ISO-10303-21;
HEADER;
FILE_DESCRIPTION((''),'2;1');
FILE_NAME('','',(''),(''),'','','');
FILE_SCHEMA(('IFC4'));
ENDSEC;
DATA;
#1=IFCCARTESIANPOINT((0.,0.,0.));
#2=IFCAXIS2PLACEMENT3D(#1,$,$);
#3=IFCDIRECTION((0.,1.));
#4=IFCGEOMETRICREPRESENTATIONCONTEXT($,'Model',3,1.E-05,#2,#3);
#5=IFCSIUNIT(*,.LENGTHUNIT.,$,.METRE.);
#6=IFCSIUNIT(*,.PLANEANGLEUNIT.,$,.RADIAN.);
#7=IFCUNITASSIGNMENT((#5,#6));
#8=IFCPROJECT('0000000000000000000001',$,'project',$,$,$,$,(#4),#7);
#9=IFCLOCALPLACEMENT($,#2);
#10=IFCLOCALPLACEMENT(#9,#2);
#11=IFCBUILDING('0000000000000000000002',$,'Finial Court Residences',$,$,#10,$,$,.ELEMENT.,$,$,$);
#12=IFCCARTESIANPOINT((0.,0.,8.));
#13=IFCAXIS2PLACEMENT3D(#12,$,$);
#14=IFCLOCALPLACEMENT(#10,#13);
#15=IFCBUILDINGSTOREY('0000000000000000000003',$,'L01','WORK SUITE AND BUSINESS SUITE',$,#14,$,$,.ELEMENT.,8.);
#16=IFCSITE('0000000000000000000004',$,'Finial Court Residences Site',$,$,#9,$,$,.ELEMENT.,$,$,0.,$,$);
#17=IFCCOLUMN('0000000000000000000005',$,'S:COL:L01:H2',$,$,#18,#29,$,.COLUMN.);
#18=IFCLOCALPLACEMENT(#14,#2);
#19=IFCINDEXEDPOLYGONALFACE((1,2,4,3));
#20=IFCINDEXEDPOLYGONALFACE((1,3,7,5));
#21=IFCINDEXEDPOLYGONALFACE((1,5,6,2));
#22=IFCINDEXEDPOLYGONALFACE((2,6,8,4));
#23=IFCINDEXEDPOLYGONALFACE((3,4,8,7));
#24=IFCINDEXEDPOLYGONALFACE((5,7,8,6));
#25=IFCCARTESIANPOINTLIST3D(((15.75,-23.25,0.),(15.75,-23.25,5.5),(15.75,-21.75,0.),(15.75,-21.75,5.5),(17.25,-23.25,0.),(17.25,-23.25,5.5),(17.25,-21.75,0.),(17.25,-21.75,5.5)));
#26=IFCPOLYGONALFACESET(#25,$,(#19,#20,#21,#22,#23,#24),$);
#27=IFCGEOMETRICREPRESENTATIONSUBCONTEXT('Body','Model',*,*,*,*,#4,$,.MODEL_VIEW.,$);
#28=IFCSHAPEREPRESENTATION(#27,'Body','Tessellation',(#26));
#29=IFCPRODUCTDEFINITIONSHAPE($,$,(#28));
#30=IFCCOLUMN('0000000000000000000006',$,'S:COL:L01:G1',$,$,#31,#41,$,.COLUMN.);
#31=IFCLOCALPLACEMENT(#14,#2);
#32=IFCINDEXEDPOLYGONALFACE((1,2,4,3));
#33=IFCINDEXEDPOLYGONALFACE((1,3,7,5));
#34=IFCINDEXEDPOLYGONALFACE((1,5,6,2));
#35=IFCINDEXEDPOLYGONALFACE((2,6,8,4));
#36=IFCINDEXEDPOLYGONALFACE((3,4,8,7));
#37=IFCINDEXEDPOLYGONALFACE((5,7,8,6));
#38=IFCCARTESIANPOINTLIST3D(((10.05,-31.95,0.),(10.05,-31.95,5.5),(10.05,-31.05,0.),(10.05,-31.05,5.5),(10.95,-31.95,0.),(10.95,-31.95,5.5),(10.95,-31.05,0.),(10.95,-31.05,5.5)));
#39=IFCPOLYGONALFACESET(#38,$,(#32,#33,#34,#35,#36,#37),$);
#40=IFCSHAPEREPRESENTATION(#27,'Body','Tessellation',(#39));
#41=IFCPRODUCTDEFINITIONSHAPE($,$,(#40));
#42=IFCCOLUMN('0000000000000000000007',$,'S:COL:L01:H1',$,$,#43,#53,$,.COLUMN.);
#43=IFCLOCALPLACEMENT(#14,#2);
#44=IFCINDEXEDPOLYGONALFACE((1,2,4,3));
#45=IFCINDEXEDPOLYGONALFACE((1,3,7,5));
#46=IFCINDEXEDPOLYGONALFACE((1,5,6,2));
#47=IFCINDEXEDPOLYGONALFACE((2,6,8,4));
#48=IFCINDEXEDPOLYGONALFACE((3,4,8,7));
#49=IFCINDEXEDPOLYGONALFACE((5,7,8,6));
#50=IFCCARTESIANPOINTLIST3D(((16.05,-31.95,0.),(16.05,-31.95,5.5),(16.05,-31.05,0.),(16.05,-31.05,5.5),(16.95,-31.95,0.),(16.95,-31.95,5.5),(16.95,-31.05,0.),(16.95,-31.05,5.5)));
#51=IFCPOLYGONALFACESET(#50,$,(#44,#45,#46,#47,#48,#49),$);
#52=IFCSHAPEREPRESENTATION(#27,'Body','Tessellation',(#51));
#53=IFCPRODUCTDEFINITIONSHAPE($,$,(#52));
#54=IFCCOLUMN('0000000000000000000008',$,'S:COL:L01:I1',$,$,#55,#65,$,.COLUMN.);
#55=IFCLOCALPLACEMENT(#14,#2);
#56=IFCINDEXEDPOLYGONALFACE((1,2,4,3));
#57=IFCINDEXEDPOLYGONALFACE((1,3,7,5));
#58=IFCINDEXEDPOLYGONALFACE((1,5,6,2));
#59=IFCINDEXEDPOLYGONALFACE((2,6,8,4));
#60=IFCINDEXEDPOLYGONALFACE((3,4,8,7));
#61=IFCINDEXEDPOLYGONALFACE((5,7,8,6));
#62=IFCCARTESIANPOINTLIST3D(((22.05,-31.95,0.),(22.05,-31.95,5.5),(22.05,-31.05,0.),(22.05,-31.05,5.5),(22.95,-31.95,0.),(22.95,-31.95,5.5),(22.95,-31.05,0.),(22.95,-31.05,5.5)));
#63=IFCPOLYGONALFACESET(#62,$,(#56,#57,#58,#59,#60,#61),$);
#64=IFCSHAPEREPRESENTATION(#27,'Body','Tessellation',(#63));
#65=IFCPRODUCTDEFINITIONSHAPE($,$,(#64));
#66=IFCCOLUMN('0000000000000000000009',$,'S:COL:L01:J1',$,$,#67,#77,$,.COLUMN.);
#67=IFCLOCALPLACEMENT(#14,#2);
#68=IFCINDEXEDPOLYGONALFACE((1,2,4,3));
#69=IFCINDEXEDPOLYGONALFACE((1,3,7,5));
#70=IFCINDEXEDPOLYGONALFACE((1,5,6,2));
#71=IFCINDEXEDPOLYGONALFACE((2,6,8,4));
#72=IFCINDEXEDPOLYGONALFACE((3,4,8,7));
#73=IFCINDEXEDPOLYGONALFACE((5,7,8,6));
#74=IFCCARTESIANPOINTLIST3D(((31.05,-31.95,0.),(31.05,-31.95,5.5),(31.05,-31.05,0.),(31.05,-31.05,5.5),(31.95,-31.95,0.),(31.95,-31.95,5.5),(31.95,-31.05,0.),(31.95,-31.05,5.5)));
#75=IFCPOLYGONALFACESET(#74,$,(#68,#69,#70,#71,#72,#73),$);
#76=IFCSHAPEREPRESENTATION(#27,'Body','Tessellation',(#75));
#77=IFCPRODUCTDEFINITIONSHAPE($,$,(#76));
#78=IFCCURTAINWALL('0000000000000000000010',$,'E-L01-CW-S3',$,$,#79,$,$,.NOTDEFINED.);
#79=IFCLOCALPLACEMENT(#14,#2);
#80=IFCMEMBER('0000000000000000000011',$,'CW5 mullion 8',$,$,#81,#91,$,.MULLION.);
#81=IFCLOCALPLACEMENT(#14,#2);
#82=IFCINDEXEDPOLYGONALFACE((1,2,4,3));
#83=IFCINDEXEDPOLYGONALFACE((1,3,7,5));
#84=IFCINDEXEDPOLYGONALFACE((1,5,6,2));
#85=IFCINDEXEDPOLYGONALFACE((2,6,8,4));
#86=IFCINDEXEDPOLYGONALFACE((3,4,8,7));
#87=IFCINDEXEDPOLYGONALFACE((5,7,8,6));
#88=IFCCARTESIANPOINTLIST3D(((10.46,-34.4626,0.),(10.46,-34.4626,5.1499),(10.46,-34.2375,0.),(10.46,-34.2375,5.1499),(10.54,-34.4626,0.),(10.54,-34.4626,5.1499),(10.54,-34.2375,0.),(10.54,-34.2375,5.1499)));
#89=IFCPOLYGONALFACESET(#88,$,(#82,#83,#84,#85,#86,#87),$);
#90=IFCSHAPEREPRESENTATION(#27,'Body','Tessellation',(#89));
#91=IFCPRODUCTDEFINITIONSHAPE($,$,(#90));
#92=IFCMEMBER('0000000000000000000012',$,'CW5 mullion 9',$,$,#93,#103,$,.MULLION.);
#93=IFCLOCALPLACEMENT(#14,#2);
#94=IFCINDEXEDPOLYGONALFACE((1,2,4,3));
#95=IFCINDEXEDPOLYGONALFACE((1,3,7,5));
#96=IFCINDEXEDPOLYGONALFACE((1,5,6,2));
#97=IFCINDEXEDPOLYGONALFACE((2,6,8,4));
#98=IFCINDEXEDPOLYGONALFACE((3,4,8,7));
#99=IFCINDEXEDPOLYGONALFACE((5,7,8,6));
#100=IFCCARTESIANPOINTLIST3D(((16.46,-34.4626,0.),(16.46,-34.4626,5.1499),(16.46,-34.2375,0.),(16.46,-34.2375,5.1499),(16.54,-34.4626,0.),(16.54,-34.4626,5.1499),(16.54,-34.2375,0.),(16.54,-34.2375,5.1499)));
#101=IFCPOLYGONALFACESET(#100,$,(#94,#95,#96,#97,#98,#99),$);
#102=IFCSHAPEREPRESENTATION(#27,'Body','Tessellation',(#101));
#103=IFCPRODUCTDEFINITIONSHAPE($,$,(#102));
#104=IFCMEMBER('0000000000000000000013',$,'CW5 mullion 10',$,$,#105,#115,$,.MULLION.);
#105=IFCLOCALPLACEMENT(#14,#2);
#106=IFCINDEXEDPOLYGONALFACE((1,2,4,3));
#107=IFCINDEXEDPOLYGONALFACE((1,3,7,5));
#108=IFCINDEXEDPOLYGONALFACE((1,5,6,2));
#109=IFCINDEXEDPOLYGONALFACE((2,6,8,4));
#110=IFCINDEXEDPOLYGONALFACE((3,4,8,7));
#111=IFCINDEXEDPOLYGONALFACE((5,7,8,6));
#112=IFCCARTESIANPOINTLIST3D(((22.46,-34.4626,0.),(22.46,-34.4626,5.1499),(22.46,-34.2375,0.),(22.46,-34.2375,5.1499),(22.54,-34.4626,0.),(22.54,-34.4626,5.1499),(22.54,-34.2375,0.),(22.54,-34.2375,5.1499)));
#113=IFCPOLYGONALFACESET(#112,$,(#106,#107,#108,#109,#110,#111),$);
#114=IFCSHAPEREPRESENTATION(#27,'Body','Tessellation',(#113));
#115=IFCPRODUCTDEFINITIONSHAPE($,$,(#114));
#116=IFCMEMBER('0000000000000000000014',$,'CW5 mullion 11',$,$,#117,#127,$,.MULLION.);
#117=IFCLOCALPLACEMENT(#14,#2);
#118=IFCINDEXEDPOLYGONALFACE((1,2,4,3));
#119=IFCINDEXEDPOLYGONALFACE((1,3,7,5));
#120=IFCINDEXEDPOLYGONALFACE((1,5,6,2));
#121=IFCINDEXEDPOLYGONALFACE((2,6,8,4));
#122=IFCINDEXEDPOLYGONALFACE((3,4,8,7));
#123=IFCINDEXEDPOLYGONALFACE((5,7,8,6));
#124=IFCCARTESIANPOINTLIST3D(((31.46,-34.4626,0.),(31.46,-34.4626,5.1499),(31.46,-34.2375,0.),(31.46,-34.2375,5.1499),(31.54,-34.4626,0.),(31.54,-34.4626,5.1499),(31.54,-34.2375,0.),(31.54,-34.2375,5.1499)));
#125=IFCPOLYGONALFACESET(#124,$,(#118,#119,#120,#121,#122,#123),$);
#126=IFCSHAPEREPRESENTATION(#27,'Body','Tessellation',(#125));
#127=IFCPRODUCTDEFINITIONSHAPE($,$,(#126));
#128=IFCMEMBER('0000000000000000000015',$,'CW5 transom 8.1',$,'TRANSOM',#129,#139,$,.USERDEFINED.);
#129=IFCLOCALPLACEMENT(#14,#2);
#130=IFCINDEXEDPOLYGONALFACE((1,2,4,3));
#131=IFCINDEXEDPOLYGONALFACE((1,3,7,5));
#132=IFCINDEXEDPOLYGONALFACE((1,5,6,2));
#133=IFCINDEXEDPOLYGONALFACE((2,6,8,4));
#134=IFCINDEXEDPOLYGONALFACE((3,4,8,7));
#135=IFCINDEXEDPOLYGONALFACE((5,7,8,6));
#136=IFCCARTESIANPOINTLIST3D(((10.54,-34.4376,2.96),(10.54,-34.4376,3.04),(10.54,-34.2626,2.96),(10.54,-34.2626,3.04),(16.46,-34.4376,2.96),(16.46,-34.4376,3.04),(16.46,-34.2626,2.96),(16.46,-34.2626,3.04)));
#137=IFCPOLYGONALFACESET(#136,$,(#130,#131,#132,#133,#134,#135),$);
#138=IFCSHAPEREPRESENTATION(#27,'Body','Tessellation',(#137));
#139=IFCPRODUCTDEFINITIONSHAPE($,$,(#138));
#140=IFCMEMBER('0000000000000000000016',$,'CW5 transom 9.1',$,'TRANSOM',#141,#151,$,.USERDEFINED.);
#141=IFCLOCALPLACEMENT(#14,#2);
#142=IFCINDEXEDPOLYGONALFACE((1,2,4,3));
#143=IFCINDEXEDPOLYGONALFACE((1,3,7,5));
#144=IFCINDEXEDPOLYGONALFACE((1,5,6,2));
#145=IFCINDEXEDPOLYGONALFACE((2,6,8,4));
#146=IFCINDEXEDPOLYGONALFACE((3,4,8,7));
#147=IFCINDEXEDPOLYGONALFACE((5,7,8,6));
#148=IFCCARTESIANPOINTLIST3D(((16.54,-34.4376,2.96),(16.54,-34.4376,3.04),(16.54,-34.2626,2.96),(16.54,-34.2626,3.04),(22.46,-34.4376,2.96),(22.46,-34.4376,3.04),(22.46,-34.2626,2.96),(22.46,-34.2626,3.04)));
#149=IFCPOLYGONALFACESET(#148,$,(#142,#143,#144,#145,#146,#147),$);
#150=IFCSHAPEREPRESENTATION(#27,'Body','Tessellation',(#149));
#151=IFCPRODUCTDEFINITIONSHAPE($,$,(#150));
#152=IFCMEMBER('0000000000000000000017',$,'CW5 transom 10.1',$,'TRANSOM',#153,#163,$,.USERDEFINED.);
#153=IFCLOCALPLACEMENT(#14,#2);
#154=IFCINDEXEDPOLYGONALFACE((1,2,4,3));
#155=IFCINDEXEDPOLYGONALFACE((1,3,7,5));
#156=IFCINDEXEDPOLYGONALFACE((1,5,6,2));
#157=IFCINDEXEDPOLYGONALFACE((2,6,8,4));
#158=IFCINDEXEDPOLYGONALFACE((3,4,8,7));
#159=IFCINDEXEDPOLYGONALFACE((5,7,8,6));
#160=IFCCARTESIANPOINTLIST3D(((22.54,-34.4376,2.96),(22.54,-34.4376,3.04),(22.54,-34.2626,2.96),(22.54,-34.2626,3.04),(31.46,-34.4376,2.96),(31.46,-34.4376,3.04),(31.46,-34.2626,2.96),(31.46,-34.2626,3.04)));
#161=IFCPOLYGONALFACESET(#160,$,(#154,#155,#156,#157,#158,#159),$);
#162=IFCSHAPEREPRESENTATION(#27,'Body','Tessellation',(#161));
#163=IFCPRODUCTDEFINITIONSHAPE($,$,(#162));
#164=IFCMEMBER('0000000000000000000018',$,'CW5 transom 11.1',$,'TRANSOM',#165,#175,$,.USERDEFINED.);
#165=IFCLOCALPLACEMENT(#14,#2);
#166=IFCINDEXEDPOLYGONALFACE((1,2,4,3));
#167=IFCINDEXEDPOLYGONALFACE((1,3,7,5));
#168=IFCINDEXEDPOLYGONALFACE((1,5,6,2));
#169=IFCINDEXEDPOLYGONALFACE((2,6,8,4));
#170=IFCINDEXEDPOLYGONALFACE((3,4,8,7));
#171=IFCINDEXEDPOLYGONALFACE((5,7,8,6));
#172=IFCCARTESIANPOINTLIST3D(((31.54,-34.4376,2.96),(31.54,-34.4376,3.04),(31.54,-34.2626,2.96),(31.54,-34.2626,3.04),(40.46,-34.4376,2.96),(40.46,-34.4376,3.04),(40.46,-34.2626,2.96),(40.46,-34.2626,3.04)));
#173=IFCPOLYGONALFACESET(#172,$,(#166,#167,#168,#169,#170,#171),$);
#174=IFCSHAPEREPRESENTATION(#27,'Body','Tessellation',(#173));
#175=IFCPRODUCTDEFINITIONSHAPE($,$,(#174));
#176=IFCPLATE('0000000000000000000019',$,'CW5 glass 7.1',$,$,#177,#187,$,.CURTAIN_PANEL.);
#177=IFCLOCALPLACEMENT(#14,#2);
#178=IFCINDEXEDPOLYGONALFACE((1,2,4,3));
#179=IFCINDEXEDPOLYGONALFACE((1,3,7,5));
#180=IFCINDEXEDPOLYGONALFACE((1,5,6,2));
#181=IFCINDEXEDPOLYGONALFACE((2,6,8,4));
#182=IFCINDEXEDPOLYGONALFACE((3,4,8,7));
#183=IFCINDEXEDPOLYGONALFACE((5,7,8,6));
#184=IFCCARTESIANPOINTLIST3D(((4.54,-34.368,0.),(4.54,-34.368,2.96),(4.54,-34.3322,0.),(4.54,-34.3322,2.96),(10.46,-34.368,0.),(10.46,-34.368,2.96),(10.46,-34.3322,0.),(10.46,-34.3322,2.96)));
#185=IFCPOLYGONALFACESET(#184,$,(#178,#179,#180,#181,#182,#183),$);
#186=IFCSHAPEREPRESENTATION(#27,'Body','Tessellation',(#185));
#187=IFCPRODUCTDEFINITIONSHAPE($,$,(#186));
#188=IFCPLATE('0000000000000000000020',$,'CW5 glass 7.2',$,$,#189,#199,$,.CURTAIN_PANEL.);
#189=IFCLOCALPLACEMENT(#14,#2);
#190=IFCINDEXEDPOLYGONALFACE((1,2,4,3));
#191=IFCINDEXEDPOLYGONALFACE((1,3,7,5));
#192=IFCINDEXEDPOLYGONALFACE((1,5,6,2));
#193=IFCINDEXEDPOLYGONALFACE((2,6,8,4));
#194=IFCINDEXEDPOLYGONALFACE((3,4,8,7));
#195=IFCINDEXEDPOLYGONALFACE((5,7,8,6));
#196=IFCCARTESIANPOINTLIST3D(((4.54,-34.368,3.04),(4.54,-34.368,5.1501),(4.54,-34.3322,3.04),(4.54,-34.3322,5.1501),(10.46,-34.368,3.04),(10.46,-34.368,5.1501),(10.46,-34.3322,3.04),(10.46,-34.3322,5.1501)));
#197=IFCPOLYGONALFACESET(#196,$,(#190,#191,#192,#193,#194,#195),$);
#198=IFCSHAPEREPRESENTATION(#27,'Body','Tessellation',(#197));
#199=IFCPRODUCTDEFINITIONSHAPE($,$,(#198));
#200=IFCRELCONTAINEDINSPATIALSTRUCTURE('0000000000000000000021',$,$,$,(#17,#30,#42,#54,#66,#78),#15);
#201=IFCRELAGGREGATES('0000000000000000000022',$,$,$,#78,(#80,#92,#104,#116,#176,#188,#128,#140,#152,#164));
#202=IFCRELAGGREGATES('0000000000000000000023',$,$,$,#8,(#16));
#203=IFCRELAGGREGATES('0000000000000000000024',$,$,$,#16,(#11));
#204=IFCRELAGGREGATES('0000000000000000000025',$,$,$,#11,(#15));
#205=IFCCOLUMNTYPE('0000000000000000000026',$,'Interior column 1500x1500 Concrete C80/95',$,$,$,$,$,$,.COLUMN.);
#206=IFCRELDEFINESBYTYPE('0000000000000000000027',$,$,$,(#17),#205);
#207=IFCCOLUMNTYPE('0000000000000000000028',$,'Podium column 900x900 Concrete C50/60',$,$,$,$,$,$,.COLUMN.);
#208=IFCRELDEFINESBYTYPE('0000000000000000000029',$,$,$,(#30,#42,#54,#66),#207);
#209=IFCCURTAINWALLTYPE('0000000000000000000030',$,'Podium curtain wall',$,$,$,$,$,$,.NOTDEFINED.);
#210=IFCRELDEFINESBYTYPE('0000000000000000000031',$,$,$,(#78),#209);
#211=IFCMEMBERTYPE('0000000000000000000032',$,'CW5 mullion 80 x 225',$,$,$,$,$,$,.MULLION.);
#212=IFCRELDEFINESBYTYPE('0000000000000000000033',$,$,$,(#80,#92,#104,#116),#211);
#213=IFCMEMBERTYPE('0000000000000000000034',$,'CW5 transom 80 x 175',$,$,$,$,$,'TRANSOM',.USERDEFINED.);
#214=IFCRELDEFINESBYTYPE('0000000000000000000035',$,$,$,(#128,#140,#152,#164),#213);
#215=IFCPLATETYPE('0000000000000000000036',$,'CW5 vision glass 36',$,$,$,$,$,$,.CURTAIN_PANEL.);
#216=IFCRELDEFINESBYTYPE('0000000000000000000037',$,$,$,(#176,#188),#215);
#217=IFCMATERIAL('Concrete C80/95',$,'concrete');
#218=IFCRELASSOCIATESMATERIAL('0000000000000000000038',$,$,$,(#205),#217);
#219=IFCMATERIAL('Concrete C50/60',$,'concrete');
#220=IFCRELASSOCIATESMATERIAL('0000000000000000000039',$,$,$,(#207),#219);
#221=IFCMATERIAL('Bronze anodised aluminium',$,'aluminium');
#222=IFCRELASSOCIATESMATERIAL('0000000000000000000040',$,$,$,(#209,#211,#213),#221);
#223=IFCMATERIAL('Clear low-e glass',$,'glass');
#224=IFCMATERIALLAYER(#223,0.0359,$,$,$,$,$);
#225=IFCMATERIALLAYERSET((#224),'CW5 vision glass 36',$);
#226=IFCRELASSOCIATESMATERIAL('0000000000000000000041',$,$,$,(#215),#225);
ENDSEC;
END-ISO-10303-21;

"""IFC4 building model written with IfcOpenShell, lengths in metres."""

from ifc_helpers import new_model, si_unit, direction, frame, origin, origin_2d, place, context, subcontext, project, spatial, rectangle, extrude, material, layer, layer_set, material_profile, profile_set, type_object, element, aggregate, save


model = new_model("IFC4")

# Units and contexts
model_context = context("Model", 3, precision=1e-05, world=origin(), true_north=direction((0.0, 1.0)))
body_context = subcontext(model_context, "Body", "Model", "MODEL_VIEW")
ifc_project = project(units=[si_unit("LENGTHUNIT", "METRE"), si_unit("PLANEANGLEUNIT", "RADIAN")], contexts=[model_context])

# Site, building, storey
site_placement = place(None, origin())
site = spatial("IfcSite", under=ifc_project, at=site_placement, Name="Finial Court Residences Site", CompositionType="ELEMENT", RefElevation=0.0)
building_placement = place(site_placement, origin())
building = spatial("IfcBuilding", under=site, at=building_placement, Name="Finial Court Residences", CompositionType="ELEMENT")
storey_placement = place(building_placement, frame((0.0, 0.0, 8.0)))
storey = spatial("IfcBuildingStorey", under=building, at=storey_placement, Name="L01", Description="WORK SUITE AND BUSINESS SUITE", CompositionType="ELEMENT", Elevation=8.0)

# Columns
ifc_material_1 = material(Name="Concrete C80/95", Category="concrete")
ifc_material_profile_1 = material_profile(ifc_material_1, rectangle(XDim=1.5, YDim=1.5, at=origin_2d()), Name="1500x1500")
ifc_profile_set_1 = profile_set([ifc_material_profile_1], Name="Concrete C80/95")
column_type_1 = type_object("IfcColumnType", Name="Interior column 1500x1500 Concrete C80/95", PredefinedType="COLUMN", material=ifc_profile_set_1)
column_placement = place(storey_placement, frame((16.5, -22.5, 0.0), z_axis=(0.0, 0.0, 1.0), x_axis=(1.0, 0.0, 0.0)))
element("IfcColumn", 1, at=column_placement, inside=storey, type_object=column_type_1, Name="S:COL:L01:H2", PredefinedType="COLUMN", context=body_context, shape_type="SweptSolid", body=[
    extrude(rectangle(XDim=1.5, YDim=1.5, at=origin_2d()), origin(), (0.0, 0.0, 1.0), 5.5),
])
ifc_material_2 = material(Name="Concrete C50/60", Category="concrete")
ifc_material_profile_2 = material_profile(ifc_material_2, rectangle(XDim=0.8999, YDim=0.8999, at=origin_2d()), Name="900x900")
ifc_profile_set_2 = profile_set([ifc_material_profile_2], Name="Concrete C50/60")
column_type_2 = type_object("IfcColumnType", Name="Podium column 900x900 Concrete C50/60", PredefinedType="COLUMN", material=ifc_profile_set_2)
for number, where, z_axis, x_axis, name in (
    (2, (10.5, -31.5, 0.0), (0.0, 0.0, 1.0), (1.0, 0.0, 0.0), "S:COL:L01:G1"),
    (3, (16.5, -31.5, 0.0), (0.0, 0.0, 1.0), (1.0, 0.0, 0.0), "S:COL:L01:H1"),
    (4, (22.5, -31.5, 0.0), (0.0, 0.0, 1.0), (1.0, 0.0, 0.0), "S:COL:L01:I1"),
    (5, (31.5, -31.5, 0.0), (0.0, 0.0, 1.0), (1.0, 0.0, 0.0), "S:COL:L01:J1"),
):
    element("IfcColumn", number, at=place(storey_placement, frame(where, z_axis=z_axis, x_axis=x_axis)), inside=storey, type_object=column_type_2, Name=name, PredefinedType="COLUMN", context=body_context, shape_type="SweptSolid", body=[
        extrude(rectangle(XDim=0.8999, YDim=0.8999, at=origin_2d()), origin(), (0.0, 0.0, 1.0), 5.5),
    ])

# Curtain wall, members, plates
ifc_material_3 = material(Name="Bronze anodised aluminium", Category="aluminium")
curtain_wall_type = type_object("IfcCurtainWallType", Name="Podium curtain wall", PredefinedType="NOTDEFINED", material=ifc_material_3)
curtain_wall_placement = place(storey_placement, origin())
curtain_wall = element("IfcCurtainWall", 6, at=curtain_wall_placement, inside=storey, type_object=curtain_wall_type, Name="E-L01-CW-S3", PredefinedType="NOTDEFINED")
ifc_material_profile_3 = material_profile(ifc_material_3, rectangle(XDim=0.2251, YDim=0.0801, at=origin_2d()), Name="CW5 mullion 80 x 225")
ifc_profile_set_3 = profile_set([ifc_material_profile_3], Name="Bronze anodised aluminium")
member_type_1 = type_object("IfcMemberType", Name="CW5 mullion 80 x 225", PredefinedType="MULLION", material=ifc_profile_set_3)
member_1_placement = place(storey_placement, frame((10.5, -34.3501, 0.0), z_axis=(0.0, 0.0, 1.0), x_axis=(0.0, 1.0, 0.0)))
member_1 = element("IfcMember", 7, at=member_1_placement, type_object=member_type_1, Name="CW5 mullion 8", PredefinedType="MULLION", context=body_context, shape_type="SweptSolid", body=[
    extrude(rectangle(XDim=0.2251, YDim=0.0801, at=origin_2d()), origin(), (0.0, 0.0, 1.0), 5.1499),
])
member_2_placement = place(storey_placement, frame((16.5, -34.3501, 0.0), z_axis=(0.0, 0.0, 1.0), x_axis=(0.0, 1.0, 0.0)))
member_2 = element("IfcMember", 8, at=member_2_placement, type_object=member_type_1, Name="CW5 mullion 9", PredefinedType="MULLION", context=body_context, shape_type="SweptSolid", body=[
    extrude(rectangle(XDim=0.2251, YDim=0.0801, at=origin_2d()), origin(), (0.0, 0.0, 1.0), 5.1499),
])
member_3_placement = place(storey_placement, frame((22.5, -34.3501, 0.0), z_axis=(0.0, 0.0, 1.0), x_axis=(0.0, 1.0, 0.0)))
member_3 = element("IfcMember", 9, at=member_3_placement, type_object=member_type_1, Name="CW5 mullion 10", PredefinedType="MULLION", context=body_context, shape_type="SweptSolid", body=[
    extrude(rectangle(XDim=0.2251, YDim=0.0801, at=origin_2d()), origin(), (0.0, 0.0, 1.0), 5.1499),
])
member_4_placement = place(storey_placement, frame((31.5, -34.3501, 0.0), z_axis=(0.0, 0.0, 1.0), x_axis=(0.0, 1.0, 0.0)))
member_4 = element("IfcMember", 10, at=member_4_placement, type_object=member_type_1, Name="CW5 mullion 11", PredefinedType="MULLION", context=body_context, shape_type="SweptSolid", body=[
    extrude(rectangle(XDim=0.2251, YDim=0.0801, at=origin_2d()), origin(), (0.0, 0.0, 1.0), 5.1499),
])
ifc_material_profile_4 = material_profile(ifc_material_3, rectangle(XDim=0.175, YDim=0.0801, at=origin_2d()), Name="CW5 transom 80 x 175")
ifc_profile_set_4 = profile_set([ifc_material_profile_4], Name="Bronze anodised aluminium")
member_type_2 = type_object("IfcMemberType", Name="CW5 transom 80 x 175", ElementType="TRANSOM", PredefinedType="USERDEFINED", material=ifc_profile_set_4)
member_5_placement = place(storey_placement, frame((10.54, -34.3501, 3.0), z_axis=(1.0, 0.0, 0.0), x_axis=(0.0, 1.0, 0.0)))
member_5 = element("IfcMember", 11, at=member_5_placement, type_object=member_type_2, Name="CW5 transom 8.1", ObjectType="TRANSOM", PredefinedType="USERDEFINED", context=body_context, shape_type="SweptSolid", body=[
    extrude(rectangle(XDim=0.175, YDim=0.0801, at=origin_2d()), origin(), (0.0, 0.0, 1.0), 5.9199),
])
member_6_placement = place(storey_placement, frame((16.54, -34.3501, 3.0), z_axis=(1.0, 0.0, 0.0), x_axis=(0.0, 1.0, 0.0)))
member_6 = element("IfcMember", 12, at=member_6_placement, type_object=member_type_2, Name="CW5 transom 9.1", ObjectType="TRANSOM", PredefinedType="USERDEFINED", context=body_context, shape_type="SweptSolid", body=[
    extrude(rectangle(XDim=0.175, YDim=0.0801, at=origin_2d()), origin(), (0.0, 0.0, 1.0), 5.9199),
])
member_7_placement = place(storey_placement, frame((22.54, -34.3501, 3.0), z_axis=(1.0, 0.0, 0.0), x_axis=(0.0, 1.0, 0.0)))
member_7 = element("IfcMember", 13, at=member_7_placement, type_object=member_type_2, Name="CW5 transom 10.1", ObjectType="TRANSOM", PredefinedType="USERDEFINED", context=body_context, shape_type="SweptSolid", body=[
    extrude(rectangle(XDim=0.175, YDim=0.0801, at=origin_2d()), origin(), (0.0, 0.0, 1.0), 8.9199),
])
member_8_placement = place(storey_placement, frame((31.54, -34.3501, 3.0), z_axis=(1.0, 0.0, 0.0), x_axis=(0.0, 1.0, 0.0)))
member_8 = element("IfcMember", 14, at=member_8_placement, type_object=member_type_2, Name="CW5 transom 11.1", ObjectType="TRANSOM", PredefinedType="USERDEFINED", context=body_context, shape_type="SweptSolid", body=[
    extrude(rectangle(XDim=0.175, YDim=0.0801, at=origin_2d()), origin(), (0.0, 0.0, 1.0), 8.9199),
])
ifc_material_4 = material(Name="Clear low-e glass", Category="glass")
ifc_layer_1 = layer(ifc_material_4, 0.0359)
ifc_layer_set_1 = layer_set([ifc_layer_1], Name="CW5 vision glass 36")
plate_type = type_object("IfcPlateType", Name="CW5 vision glass 36", PredefinedType="CURTAIN_PANEL", material=ifc_layer_set_1)
plate_1_placement = place(storey_placement, frame((7.5, -34.3501, 0.0), z_axis=(0.0, 0.0, 1.0), x_axis=(1.0, 0.0, 0.0)))
plate_1 = element("IfcPlate", 15, at=plate_1_placement, type_object=plate_type, Name="CW5 glass 7.1", PredefinedType="CURTAIN_PANEL", context=body_context, shape_type="SweptSolid", body=[
    extrude(rectangle(XDim=5.9199, YDim=0.0359, at=origin_2d()), origin(), (0.0, 0.0, 1.0), 2.96),
])
plate_2_placement = place(storey_placement, frame((7.5, -34.3501, 3.04), z_axis=(0.0, 0.0, 1.0), x_axis=(1.0, 0.0, 0.0)))
plate_2 = element("IfcPlate", 16, at=plate_2_placement, type_object=plate_type, Name="CW5 glass 7.2", PredefinedType="CURTAIN_PANEL", context=body_context, shape_type="SweptSolid", body=[
    extrude(rectangle(XDim=5.9199, YDim=0.0359, at=origin_2d()), origin(), (0.0, 0.0, 1.0), 2.1101),
])
aggregate(curtain_wall, [member_1, member_2, member_3, member_4, plate_1, plate_2, member_5, member_6, member_7, member_8])

save(model, "model.ifc")
